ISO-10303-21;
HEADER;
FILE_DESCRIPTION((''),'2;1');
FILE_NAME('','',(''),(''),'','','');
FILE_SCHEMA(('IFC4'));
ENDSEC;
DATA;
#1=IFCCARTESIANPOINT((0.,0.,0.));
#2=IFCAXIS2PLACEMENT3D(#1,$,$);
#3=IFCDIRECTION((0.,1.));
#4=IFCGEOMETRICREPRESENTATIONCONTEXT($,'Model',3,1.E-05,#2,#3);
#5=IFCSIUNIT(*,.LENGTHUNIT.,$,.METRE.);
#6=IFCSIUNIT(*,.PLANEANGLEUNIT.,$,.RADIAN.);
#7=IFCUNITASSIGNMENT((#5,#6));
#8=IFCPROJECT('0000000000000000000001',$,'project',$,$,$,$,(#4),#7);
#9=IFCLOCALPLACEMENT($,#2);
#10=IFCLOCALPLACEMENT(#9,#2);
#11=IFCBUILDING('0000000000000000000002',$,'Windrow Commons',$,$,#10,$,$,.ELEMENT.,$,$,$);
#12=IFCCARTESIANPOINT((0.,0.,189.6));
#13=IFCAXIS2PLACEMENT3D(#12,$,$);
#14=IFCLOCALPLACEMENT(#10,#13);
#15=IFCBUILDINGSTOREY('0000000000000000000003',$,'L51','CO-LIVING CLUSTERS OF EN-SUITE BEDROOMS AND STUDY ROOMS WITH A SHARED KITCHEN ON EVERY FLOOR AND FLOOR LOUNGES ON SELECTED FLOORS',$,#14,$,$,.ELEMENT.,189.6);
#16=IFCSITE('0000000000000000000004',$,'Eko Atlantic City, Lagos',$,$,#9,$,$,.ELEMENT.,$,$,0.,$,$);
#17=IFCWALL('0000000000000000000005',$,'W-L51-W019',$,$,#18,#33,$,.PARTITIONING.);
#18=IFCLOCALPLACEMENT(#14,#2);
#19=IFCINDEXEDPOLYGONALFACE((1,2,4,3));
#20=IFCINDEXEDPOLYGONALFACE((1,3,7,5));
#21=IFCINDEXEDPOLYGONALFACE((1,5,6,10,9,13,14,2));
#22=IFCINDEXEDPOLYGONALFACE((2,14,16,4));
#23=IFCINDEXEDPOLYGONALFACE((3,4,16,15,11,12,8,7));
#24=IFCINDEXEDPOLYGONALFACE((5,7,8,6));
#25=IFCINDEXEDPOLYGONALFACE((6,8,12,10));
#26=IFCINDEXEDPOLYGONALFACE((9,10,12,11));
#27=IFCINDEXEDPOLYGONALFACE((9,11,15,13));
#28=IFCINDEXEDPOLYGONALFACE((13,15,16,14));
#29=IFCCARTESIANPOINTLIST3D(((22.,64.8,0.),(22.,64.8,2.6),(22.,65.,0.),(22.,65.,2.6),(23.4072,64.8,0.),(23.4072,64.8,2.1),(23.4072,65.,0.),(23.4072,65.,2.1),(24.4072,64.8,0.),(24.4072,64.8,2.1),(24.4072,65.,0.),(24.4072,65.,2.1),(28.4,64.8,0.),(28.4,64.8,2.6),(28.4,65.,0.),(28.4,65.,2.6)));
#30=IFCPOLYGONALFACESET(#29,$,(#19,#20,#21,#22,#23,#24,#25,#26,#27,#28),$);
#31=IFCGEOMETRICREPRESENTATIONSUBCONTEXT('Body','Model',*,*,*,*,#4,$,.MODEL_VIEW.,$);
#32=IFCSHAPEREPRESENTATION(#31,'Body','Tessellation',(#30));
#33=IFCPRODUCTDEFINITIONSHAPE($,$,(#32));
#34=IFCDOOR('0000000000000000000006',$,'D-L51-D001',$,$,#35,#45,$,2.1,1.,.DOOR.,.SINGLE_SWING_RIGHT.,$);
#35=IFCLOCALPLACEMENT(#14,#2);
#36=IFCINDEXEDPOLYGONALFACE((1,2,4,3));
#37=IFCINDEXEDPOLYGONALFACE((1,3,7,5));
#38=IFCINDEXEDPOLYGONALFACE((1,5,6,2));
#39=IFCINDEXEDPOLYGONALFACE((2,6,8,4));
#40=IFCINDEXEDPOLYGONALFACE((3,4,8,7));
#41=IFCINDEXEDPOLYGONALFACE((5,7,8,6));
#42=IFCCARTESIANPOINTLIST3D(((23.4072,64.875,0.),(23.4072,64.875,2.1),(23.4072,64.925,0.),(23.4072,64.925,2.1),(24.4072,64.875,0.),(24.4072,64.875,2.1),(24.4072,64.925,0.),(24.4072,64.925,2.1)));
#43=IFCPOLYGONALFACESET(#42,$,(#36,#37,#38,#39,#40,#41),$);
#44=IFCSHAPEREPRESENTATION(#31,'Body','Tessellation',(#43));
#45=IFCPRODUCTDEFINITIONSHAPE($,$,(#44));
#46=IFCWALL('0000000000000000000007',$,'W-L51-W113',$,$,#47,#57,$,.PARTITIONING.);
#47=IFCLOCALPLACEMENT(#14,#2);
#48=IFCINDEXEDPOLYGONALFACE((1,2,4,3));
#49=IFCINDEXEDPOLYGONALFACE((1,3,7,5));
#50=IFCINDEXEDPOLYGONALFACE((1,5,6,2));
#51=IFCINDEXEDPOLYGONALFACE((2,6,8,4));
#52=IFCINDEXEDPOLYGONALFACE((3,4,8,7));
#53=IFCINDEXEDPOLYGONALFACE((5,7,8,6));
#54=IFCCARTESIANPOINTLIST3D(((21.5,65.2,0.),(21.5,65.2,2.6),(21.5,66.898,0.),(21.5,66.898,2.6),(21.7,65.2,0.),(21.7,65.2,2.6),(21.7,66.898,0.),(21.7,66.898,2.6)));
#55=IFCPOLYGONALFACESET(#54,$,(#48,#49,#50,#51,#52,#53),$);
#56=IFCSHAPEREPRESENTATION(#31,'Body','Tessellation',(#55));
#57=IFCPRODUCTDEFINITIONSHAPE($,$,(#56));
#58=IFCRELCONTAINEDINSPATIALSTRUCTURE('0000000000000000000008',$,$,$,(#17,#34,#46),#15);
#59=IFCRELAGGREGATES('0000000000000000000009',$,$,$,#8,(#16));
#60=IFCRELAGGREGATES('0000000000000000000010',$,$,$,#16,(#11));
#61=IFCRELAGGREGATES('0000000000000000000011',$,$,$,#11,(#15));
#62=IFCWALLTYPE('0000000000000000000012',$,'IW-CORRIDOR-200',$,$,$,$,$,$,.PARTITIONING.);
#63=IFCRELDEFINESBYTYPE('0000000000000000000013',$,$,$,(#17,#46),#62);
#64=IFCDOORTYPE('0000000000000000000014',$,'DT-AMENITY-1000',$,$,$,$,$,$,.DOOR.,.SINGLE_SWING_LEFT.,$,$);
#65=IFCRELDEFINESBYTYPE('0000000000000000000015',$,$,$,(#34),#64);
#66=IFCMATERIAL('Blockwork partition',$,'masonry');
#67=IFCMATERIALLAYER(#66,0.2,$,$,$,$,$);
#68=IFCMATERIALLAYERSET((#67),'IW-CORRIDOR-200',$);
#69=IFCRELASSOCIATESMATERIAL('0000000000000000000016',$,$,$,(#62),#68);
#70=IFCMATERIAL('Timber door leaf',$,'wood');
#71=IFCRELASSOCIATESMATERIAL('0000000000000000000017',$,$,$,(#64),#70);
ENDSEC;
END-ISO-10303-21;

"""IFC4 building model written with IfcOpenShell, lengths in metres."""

from ifc_helpers import new_model, si_unit, direction, frame, frame_2d, origin, place, context, subcontext, project, spatial, rectangle, extrude, material, layer, layer_set, type_object, element, fill, save


model = new_model("IFC4")

# Units and contexts
model_context = context("Model", 3, precision=1e-05, world=origin(), true_north=direction((0.0, 1.0)))
body_context = subcontext(model_context, "Body", "Model", "MODEL_VIEW")
ifc_project = project(units=[si_unit("LENGTHUNIT", "METRE"), si_unit("PLANEANGLEUNIT", "RADIAN")], contexts=[model_context])

# Site, building, storey
site_placement = place(None, origin())
site = spatial("IfcSite", under=ifc_project, at=site_placement, Name="Eko Atlantic City, Lagos", CompositionType="ELEMENT", RefElevation=0.0)
building_placement = place(site_placement, origin())
building = spatial("IfcBuilding", under=site, at=building_placement, Name="Windrow Commons", CompositionType="ELEMENT")
storey_placement = place(building_placement, frame((0.0, 0.0, 189.6)))
storey = spatial("IfcBuildingStorey", under=building, at=storey_placement, Name="L51", Description="CO-LIVING CLUSTERS OF EN-SUITE BEDROOMS AND STUDY ROOMS WITH A SHARED KITCHEN ON EVERY FLOOR AND FLOOR LOUNGES ON SELECTED FLOORS", CompositionType="ELEMENT", Elevation=189.6)

# Wall, opening, door
ifc_material_1 = material(Name="Blockwork partition", Category="masonry")
ifc_layer_1 = layer(ifc_material_1, 0.2)
ifc_layer_set_1 = layer_set([ifc_layer_1], Name="IW-CORRIDOR-200")
wall_type_1 = type_object("IfcWallType", Name="IW-CORRIDOR-200", PredefinedType="PARTITIONING", material=ifc_layer_set_1)
wall_1_placement = place(storey_placement, frame((22.0, 64.9, 0.0), z_axis=(0.0, 0.0, 1.0), x_axis=(1.0, 0.0, 0.0)))
wall_1 = element("IfcWall", 1, at=wall_1_placement, inside=storey, type_object=wall_type_1, Name="W-L51-W019", PredefinedType="PARTITIONING", context=body_context, shape_type="SweptSolid", body=[
    extrude(rectangle(XDim=6.4, YDim=0.2, at=frame_2d((3.2, 0.0))), origin(), (0.0, 0.0, 1.0), 2.6),
])
opening_1_placement = place(wall_1_placement, frame((1.4072, 0.0, 0.0)))
opening_1 = element("IfcOpeningElement", 2, at=opening_1_placement, cuts=wall_1, PredefinedType="OPENING", context=body_context, shape_type="SweptSolid", body=[
    extrude(rectangle(XDim=1.0, YDim=2.1, at=frame_2d((0.5, 1.05))), frame((0.0, 0.11, 0.0), z_axis=(0.0, -1.0, 0.0), x_axis=(1.0, 0.0, 0.0)), (0.0, 0.0, 1.0), 0.22),
])
ifc_material_2 = material(Name="Timber door leaf", Category="wood")
door_type = type_object("IfcDoorType", Name="DT-AMENITY-1000", OperationType="SINGLE_SWING_LEFT", PredefinedType="DOOR", material=ifc_material_2)
door_placement = place(opening_1_placement, origin())
door = element("IfcDoor", 3, at=door_placement, inside=storey, type_object=door_type, Name="D-L51-D001", OperationType="SINGLE_SWING_RIGHT", OverallHeight=2.1, OverallWidth=1.0, PredefinedType="DOOR", context=body_context, shape_type="SweptSolid", body=[
    extrude(rectangle(XDim=1.0, YDim=2.1, at=frame_2d((0.5, 1.05))), frame((0.0, 0.025, 0.0), z_axis=(0.0, -1.0, 0.0), x_axis=(1.0, 0.0, 0.0)), (0.0, 0.0, 1.0), 0.05),
])
fill(opening_1, door)

# Wall
wall_2_placement = place(storey_placement, frame((21.6, 65.2, 0.0), z_axis=(0.0, 0.0, 1.0), x_axis=(0.0, 1.0, 0.0)))
element("IfcWall", 4, at=wall_2_placement, inside=storey, type_object=wall_type_1, Name="W-L51-W113", PredefinedType="PARTITIONING", context=body_context, shape_type="SweptSolid", body=[
    extrude(rectangle(XDim=1.698, YDim=0.2, at=frame_2d((0.849, 0.0))), origin(), (0.0, 0.0, 1.0), 2.6),
])

save(model, "model.ifc")
